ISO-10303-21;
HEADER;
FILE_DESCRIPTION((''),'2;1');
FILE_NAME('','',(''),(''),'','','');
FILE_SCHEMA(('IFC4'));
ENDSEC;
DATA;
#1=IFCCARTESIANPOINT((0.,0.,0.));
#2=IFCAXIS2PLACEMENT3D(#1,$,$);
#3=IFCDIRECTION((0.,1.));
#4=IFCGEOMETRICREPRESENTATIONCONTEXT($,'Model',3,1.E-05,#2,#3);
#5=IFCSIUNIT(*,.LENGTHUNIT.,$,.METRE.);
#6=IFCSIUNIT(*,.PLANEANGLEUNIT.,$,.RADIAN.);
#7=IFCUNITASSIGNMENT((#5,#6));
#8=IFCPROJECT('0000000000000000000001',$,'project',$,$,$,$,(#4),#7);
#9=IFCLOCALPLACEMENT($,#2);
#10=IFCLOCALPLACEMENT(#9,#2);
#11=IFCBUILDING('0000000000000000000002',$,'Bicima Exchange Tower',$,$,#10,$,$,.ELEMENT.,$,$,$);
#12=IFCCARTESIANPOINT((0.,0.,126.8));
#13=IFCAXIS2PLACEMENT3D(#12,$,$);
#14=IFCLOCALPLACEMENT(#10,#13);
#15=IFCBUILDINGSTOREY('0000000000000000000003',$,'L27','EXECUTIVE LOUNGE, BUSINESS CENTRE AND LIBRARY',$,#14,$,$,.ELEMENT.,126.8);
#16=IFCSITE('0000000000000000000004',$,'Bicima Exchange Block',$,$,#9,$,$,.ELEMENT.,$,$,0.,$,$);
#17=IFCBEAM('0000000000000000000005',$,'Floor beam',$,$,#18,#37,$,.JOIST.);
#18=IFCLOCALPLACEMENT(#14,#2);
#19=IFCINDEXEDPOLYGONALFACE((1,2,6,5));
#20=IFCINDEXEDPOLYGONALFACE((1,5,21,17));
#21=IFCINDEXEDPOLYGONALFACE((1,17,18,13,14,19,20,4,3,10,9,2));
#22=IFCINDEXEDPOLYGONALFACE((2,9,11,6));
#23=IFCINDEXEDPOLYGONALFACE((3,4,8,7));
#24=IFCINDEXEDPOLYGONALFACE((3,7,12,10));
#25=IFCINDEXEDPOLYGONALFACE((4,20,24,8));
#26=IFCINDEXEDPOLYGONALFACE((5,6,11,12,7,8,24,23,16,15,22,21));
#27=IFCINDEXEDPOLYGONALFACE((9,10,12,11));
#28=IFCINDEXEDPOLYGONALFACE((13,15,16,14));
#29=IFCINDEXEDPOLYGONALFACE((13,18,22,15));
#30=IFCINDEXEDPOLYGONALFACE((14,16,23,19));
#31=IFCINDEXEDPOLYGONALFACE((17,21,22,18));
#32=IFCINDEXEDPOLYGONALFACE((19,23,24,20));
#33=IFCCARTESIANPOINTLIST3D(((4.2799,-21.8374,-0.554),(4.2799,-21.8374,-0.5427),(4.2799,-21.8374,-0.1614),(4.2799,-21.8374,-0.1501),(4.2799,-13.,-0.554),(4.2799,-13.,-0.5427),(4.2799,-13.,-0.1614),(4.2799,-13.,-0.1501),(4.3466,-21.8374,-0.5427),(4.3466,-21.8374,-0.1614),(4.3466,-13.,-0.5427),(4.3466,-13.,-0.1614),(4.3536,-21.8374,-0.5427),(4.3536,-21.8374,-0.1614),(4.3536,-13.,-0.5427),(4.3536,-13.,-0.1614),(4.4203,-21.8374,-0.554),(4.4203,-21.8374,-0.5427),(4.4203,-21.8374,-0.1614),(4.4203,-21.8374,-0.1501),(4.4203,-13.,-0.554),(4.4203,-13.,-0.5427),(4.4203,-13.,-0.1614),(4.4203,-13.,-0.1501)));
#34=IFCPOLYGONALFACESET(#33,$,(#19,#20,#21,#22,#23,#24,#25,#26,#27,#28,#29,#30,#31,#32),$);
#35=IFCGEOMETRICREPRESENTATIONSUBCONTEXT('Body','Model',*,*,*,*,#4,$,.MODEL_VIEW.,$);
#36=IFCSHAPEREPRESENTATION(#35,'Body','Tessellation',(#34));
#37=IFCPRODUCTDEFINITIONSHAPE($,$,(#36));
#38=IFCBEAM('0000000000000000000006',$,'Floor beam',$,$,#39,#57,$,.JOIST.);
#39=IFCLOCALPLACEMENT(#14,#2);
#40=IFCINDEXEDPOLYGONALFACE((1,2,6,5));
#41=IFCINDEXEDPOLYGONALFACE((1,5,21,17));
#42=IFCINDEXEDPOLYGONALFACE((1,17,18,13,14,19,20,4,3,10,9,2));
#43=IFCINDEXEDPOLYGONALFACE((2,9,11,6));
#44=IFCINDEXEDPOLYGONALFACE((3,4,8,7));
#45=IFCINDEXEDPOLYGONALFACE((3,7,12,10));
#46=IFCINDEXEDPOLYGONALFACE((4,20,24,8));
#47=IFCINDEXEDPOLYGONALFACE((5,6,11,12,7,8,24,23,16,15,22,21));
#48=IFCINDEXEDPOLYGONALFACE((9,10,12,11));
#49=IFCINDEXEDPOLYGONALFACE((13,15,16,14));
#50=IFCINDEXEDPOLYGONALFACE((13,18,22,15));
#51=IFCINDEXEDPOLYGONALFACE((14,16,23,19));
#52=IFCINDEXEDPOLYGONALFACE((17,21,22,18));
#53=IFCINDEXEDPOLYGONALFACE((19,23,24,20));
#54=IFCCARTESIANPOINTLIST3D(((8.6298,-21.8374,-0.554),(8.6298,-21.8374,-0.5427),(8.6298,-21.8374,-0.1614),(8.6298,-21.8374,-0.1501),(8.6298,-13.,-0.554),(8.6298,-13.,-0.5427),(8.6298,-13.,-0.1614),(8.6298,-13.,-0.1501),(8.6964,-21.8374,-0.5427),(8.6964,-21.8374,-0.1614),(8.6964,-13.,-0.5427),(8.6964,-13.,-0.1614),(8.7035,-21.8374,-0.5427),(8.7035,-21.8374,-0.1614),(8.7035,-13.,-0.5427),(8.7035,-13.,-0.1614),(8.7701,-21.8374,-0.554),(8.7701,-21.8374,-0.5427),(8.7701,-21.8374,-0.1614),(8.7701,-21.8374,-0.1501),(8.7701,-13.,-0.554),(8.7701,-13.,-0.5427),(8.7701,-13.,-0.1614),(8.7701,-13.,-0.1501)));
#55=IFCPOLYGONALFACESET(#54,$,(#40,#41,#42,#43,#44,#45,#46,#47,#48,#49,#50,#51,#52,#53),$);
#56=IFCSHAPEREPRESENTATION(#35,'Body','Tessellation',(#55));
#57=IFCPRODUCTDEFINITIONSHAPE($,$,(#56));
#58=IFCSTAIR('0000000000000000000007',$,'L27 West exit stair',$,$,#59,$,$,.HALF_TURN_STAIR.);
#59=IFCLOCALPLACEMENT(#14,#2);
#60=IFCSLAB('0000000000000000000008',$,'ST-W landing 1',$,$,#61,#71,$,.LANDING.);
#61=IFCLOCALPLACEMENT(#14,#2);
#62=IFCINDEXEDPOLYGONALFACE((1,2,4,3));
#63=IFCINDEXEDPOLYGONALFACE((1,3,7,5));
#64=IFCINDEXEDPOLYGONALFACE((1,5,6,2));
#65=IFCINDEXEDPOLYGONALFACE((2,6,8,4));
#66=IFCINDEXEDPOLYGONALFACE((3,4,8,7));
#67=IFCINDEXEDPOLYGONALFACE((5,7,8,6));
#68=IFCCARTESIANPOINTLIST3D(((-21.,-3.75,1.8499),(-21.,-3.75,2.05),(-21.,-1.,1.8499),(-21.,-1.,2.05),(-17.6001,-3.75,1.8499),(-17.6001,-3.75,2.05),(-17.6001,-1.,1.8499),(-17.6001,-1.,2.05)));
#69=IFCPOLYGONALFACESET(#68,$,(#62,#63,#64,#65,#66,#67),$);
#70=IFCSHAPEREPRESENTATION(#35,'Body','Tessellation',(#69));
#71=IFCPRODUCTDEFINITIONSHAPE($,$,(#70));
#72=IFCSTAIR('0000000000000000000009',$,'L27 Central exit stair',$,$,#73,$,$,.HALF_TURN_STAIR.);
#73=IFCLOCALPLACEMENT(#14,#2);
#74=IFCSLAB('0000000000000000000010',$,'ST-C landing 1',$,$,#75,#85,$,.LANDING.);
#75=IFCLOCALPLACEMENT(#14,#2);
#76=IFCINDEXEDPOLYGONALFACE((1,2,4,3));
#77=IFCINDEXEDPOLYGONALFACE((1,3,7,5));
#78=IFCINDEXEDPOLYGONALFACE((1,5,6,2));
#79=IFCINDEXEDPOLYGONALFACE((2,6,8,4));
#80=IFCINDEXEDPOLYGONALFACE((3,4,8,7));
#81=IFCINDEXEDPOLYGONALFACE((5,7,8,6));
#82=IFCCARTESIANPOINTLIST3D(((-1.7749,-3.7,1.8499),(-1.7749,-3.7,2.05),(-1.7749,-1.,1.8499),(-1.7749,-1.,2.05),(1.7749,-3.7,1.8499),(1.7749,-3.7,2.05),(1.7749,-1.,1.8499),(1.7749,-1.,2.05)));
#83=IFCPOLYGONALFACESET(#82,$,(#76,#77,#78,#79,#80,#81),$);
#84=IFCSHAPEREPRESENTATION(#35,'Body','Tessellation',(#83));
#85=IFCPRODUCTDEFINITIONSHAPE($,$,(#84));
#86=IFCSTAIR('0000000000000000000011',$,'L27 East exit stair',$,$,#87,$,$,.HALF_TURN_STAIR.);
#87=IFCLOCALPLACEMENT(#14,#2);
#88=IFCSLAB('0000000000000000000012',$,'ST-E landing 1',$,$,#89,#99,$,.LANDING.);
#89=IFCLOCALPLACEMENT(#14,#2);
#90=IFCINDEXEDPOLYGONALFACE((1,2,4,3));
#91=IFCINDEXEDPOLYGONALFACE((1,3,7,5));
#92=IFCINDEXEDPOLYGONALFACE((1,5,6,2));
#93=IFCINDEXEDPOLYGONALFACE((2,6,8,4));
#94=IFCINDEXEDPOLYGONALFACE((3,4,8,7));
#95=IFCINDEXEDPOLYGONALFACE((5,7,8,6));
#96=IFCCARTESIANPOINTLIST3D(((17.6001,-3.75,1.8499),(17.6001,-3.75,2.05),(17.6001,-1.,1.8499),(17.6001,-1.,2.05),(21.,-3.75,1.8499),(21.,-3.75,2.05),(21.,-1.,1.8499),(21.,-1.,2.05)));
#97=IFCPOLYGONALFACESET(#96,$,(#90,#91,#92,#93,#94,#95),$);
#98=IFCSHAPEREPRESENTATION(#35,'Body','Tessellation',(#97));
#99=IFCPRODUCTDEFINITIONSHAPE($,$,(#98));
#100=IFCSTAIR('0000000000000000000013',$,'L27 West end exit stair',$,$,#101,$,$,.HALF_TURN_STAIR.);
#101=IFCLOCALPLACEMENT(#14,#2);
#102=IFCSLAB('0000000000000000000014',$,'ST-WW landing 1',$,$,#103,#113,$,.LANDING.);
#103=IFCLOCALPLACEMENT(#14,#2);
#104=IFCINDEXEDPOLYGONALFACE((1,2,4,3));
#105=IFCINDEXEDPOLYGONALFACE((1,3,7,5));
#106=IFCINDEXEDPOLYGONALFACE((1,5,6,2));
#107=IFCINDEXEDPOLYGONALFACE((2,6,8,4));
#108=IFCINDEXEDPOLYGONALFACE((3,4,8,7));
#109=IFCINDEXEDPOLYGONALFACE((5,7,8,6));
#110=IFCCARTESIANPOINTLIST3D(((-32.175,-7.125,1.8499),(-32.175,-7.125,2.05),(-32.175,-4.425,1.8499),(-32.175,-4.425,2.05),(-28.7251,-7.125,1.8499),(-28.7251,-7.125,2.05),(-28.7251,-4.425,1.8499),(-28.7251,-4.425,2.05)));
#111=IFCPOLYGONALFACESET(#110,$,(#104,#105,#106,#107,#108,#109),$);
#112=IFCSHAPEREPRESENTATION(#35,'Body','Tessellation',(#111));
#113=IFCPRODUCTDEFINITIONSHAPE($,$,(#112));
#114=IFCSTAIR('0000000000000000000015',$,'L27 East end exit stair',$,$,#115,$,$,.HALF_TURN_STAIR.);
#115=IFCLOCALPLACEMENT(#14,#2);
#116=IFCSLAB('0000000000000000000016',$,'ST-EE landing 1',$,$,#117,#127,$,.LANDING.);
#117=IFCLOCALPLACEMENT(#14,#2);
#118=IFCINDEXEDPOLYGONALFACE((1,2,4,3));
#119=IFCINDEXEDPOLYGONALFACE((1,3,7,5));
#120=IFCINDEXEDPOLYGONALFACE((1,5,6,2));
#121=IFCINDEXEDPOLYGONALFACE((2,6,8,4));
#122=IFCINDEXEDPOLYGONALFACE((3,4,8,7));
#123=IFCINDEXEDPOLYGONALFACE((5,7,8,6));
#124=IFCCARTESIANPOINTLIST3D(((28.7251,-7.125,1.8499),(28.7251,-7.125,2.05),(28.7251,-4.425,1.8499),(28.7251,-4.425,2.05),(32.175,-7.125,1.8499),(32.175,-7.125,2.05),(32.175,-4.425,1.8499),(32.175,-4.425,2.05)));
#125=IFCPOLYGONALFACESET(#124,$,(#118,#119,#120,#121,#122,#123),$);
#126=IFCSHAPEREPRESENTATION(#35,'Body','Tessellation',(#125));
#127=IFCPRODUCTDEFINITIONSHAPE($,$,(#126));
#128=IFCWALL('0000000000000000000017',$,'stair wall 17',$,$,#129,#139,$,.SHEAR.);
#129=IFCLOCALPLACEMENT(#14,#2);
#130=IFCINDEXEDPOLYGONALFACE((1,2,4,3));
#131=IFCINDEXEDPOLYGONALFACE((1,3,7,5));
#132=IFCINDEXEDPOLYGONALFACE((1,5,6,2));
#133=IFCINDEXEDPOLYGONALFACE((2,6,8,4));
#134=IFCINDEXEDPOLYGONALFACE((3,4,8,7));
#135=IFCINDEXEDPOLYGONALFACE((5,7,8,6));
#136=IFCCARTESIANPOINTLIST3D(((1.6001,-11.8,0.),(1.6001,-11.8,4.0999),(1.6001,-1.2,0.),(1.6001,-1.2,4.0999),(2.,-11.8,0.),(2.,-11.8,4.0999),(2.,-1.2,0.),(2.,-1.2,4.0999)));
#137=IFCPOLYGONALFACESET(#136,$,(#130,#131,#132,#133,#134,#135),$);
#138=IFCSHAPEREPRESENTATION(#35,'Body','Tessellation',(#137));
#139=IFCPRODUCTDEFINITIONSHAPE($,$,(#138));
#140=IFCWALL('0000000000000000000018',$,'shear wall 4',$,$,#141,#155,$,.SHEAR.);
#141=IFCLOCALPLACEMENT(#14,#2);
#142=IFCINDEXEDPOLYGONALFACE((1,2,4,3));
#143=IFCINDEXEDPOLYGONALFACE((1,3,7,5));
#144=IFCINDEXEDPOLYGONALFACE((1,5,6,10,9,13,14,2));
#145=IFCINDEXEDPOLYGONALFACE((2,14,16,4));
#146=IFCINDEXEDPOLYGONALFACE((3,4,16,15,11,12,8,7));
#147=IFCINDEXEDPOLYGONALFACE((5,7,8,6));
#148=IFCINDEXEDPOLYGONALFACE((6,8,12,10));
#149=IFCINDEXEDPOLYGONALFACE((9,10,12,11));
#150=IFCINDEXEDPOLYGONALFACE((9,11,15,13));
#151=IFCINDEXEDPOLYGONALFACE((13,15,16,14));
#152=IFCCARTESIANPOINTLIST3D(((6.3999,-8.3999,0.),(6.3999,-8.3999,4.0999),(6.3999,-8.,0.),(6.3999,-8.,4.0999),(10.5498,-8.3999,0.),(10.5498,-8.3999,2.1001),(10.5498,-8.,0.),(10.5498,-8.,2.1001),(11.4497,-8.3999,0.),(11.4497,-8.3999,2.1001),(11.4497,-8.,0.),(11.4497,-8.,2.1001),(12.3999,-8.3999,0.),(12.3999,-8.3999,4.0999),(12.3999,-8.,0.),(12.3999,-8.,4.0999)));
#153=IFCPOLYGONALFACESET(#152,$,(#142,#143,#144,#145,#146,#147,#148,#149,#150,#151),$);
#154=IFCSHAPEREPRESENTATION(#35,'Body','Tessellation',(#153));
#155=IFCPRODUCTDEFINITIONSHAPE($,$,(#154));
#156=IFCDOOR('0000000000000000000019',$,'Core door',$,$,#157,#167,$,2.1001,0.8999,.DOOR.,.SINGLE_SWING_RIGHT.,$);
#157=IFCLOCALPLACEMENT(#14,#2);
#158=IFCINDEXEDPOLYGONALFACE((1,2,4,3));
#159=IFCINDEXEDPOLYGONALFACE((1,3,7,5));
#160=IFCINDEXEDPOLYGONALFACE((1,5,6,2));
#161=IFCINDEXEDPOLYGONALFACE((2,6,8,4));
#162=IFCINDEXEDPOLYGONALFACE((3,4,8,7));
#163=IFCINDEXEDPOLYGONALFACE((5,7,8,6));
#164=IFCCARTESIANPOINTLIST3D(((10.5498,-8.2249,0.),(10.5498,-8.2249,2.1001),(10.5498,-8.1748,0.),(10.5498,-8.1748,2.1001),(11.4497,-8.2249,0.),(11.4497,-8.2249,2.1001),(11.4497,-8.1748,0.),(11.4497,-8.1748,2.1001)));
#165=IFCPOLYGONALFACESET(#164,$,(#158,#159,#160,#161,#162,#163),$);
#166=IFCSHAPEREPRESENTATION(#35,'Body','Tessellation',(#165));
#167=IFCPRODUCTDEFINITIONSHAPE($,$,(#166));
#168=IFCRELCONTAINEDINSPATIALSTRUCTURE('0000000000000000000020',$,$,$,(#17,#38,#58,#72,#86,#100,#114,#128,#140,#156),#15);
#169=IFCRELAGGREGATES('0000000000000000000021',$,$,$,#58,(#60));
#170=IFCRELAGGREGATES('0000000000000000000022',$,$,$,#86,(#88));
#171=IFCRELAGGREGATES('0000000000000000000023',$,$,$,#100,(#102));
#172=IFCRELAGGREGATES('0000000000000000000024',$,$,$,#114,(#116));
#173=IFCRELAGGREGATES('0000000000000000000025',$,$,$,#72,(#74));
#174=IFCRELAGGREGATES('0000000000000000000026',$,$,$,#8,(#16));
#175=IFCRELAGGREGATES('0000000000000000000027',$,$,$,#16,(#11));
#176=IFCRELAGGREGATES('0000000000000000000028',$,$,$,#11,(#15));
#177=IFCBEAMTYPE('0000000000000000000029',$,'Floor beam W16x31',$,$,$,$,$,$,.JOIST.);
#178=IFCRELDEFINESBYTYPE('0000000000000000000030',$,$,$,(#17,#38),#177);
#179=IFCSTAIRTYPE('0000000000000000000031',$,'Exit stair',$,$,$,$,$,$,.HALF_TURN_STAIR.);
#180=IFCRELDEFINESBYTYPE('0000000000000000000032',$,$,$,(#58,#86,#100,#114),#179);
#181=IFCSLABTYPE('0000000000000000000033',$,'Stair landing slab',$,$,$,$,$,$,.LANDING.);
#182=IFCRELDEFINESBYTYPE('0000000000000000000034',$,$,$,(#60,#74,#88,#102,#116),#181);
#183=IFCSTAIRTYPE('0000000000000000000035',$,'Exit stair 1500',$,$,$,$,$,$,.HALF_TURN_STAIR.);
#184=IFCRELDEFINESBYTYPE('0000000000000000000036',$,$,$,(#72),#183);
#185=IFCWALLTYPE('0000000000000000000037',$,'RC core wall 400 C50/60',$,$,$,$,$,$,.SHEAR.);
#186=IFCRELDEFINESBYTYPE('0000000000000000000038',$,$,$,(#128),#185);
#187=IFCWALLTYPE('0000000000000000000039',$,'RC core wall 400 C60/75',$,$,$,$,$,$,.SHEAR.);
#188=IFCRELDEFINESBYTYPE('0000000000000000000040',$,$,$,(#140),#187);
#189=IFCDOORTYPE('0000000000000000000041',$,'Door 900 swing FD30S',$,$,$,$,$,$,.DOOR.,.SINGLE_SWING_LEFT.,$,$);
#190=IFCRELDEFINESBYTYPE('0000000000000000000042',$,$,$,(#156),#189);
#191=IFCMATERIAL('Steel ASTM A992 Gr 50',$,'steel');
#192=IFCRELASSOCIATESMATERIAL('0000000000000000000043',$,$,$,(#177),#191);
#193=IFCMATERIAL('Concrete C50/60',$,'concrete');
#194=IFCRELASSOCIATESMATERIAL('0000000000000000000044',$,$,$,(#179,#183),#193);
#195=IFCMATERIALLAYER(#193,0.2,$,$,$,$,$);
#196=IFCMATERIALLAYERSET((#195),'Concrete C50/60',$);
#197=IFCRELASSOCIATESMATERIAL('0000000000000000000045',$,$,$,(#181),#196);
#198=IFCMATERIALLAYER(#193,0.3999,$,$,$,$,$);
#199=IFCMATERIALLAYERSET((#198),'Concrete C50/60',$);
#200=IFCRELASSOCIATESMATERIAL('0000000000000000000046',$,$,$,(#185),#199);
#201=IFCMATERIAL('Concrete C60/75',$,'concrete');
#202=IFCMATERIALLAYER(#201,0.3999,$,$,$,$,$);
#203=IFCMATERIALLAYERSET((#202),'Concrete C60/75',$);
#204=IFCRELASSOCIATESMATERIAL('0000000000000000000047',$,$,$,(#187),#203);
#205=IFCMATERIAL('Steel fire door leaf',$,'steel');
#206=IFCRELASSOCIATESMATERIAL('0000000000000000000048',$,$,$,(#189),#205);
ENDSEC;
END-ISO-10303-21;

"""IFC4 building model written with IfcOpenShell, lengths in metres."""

from ifc_helpers import new_model, si_unit, direction, frame, frame_2d, origin, origin_2d, place, context, subcontext, project, spatial, polyline, rectangle, i_section, outline, extrude, material, layer, layer_set, material_profile, profile_set, type_object, element, fill, aggregate, save


model = new_model("IFC4")

# Units and contexts
model_context = context("Model", 3, precision=1e-05, world=origin(), true_north=direction((0.0, 1.0)))
body_context = subcontext(model_context, "Body", "Model", "MODEL_VIEW")
ifc_project = project(units=[si_unit("LENGTHUNIT", "METRE"), si_unit("PLANEANGLEUNIT", "RADIAN")], contexts=[model_context])

# Site, building, storey
site_placement = place(None, origin())
site = spatial("IfcSite", under=ifc_project, at=site_placement, Name="Bicima Exchange Block", CompositionType="ELEMENT", RefElevation=0.0)
building_placement = place(site_placement, origin())
building = spatial("IfcBuilding", under=site, at=building_placement, Name="Bicima Exchange Tower", CompositionType="ELEMENT")
storey_placement = place(building_placement, frame((0.0, 0.0, 126.8)))
storey = spatial("IfcBuildingStorey", under=building, at=storey_placement, Name="L27", Description="EXECUTIVE LOUNGE, BUSINESS CENTRE AND LIBRARY", CompositionType="ELEMENT", Elevation=126.8)

# Beams
ifc_material_1 = material(Name="Steel ASTM A992 Gr 50", Category="steel")
ifc_material_profile = material_profile(ifc_material_1, i_section(OverallWidth=0.1404, OverallDepth=0.4038, WebThickness=0.0071, FlangeThickness=0.0112, at=origin_2d()))
ifc_profile_set = profile_set([ifc_material_profile], Name="Steel ASTM A992 Gr 50")
beam_type = type_object("IfcBeamType", Name="Floor beam W16x31", PredefinedType="JOIST", material=ifc_profile_set)
for number, where, z_axis, x_axis, name in (
    (1, (4.3501, -13.0, -0.3521), (0.0, -1.0, 0.0), (1.0, 0.0, 0.0), "Floor beam"),
    (2, (8.7, -13.0, -0.3521), (0.0, -1.0, 0.0), (1.0, 0.0, 0.0), "Floor beam"),
):
    element("IfcBeam", number, at=place(storey_placement, frame(where, z_axis=z_axis, x_axis=x_axis)), inside=storey, type_object=beam_type, Name=name, PredefinedType="JOIST", context=body_context, shape_type="SweptSolid", body=[
        extrude(i_section(OverallWidth=0.1404, OverallDepth=0.4038, WebThickness=0.0071, FlangeThickness=0.0112, at=origin_2d()), origin(), (0.0, 0.0, 1.0), 8.8374),
    ])

# Stairs, slabs
ifc_material_2 = material(Name="Concrete C50/60", Category="concrete")
stair_type_1 = type_object("IfcStairType", Name="Exit stair", PredefinedType="HALF_TURN_STAIR", material=ifc_material_2)
stair_1_placement = place(storey_placement, origin())
stair_1 = element("IfcStair", 3, at=stair_1_placement, inside=storey, type_object=stair_type_1, Name="L27 West exit stair", PredefinedType="HALF_TURN_STAIR")
ifc_layer_1 = layer(ifc_material_2, 0.2)
ifc_layer_set_1 = layer_set([ifc_layer_1], Name="Concrete C50/60")
slab_type = type_object("IfcSlabType", Name="Stair landing slab", PredefinedType="LANDING", material=ifc_layer_set_1)
slab_1_placement = place(storey_placement, frame((0.0, 0.0, 1.8499)))
slab_1 = element("IfcSlab", 4, at=slab_1_placement, type_object=slab_type, Name="ST-W landing 1", PredefinedType="LANDING", context=body_context, shape_type="SweptSolid", body=[
    extrude(outline(polyline([(-17.6001, -3.75), (-17.6001, -1.0), (-21.0, -1.0), (-21.0, -3.75), (-17.6001, -3.75)])), origin(), (0.0, 0.0, 1.0), 0.2002),
])
aggregate(stair_1, [slab_1])
stair_type_2 = type_object("IfcStairType", Name="Exit stair 1500", PredefinedType="HALF_TURN_STAIR", material=ifc_material_2)
stair_2_placement = place(storey_placement, origin())
stair_2 = element("IfcStair", 5, at=stair_2_placement, inside=storey, type_object=stair_type_2, Name="L27 Central exit stair", PredefinedType="HALF_TURN_STAIR")
slab_2_placement = place(storey_placement, frame((0.0, 0.0, 1.8499)))
slab_2 = element("IfcSlab", 6, at=slab_2_placement, type_object=slab_type, Name="ST-C landing 1", PredefinedType="LANDING", context=body_context, shape_type="SweptSolid", body=[
    extrude(outline(polyline([(1.7749, -3.7), (1.7749, -1.0), (-1.7749, -1.0), (-1.7749, -3.7), (1.7749, -3.7)])), origin(), (0.0, 0.0, 1.0), 0.2002),
])
stair_3_placement = place(storey_placement, origin())
stair_3 = element("IfcStair", 7, at=stair_3_placement, inside=storey, type_object=stair_type_1, Name="L27 East exit stair", PredefinedType="HALF_TURN_STAIR")
slab_3_placement = place(storey_placement, frame((0.0, 0.0, 1.8499)))
slab_3 = element("IfcSlab", 8, at=slab_3_placement, type_object=slab_type, Name="ST-E landing 1", PredefinedType="LANDING", context=body_context, shape_type="SweptSolid", body=[
    extrude(outline(polyline([(21.0, -3.75), (21.0, -1.0), (17.6001, -1.0), (17.6001, -3.75), (21.0, -3.75)])), origin(), (0.0, 0.0, 1.0), 0.2002),
])
aggregate(stair_3, [slab_3])
stair_4_placement = place(storey_placement, origin())
stair_4 = element("IfcStair", 9, at=stair_4_placement, inside=storey, type_object=stair_type_1, Name="L27 West end exit stair", PredefinedType="HALF_TURN_STAIR")
slab_4_placement = place(storey_placement, frame((0.0, 0.0, 1.8499)))
slab_4 = element("IfcSlab", 10, at=slab_4_placement, type_object=slab_type, Name="ST-WW landing 1", PredefinedType="LANDING", context=body_context, shape_type="SweptSolid", body=[
    extrude(outline(polyline([(-28.7251, -7.125), (-28.7251, -4.425), (-32.175, -4.425), (-32.175, -7.125), (-28.7251, -7.125)])), origin(), (0.0, 0.0, 1.0), 0.2002),
])
aggregate(stair_4, [slab_4])
stair_5_placement = place(storey_placement, origin())
stair_5 = element("IfcStair", 11, at=stair_5_placement, inside=storey, type_object=stair_type_1, Name="L27 East end exit stair", PredefinedType="HALF_TURN_STAIR")
slab_5_placement = place(storey_placement, frame((0.0, 0.0, 1.8499)))
slab_5 = element("IfcSlab", 12, at=slab_5_placement, type_object=slab_type, Name="ST-EE landing 1", PredefinedType="LANDING", context=body_context, shape_type="SweptSolid", body=[
    extrude(outline(polyline([(32.175, -7.125), (32.175, -4.425), (28.7251, -4.425), (28.7251, -7.125), (32.175, -7.125)])), origin(), (0.0, 0.0, 1.0), 0.2002),
])
aggregate(stair_5, [slab_5])

# Wall
ifc_layer_2 = layer(ifc_material_2, 0.3999)
ifc_layer_set_2 = layer_set([ifc_layer_2], Name="Concrete C50/60")
wall_type_1 = type_object("IfcWallType", Name="RC core wall 400 C50/60", PredefinedType="SHEAR", material=ifc_layer_set_2)
wall_1_placement = place(storey_placement, frame((1.8, -11.8, 0.0), z_axis=(0.0, 0.0, 1.0), x_axis=(0.0, 1.0, 0.0)))
element("IfcWall", 13, at=wall_1_placement, inside=storey, type_object=wall_type_1, Name="stair wall 17", PredefinedType="SHEAR", context=body_context, shape_type="SweptSolid", body=[
    extrude(rectangle(XDim=10.6001, YDim=0.3999, at=frame_2d((5.3, 0.0))), origin(), (0.0, 0.0, 1.0), 4.0999),
])

# Wall, opening, door
ifc_material_3 = material(Name="Concrete C60/75", Category="concrete")
ifc_layer_3 = layer(ifc_material_3, 0.3999)
ifc_layer_set_3 = layer_set([ifc_layer_3], Name="Concrete C60/75")
wall_type_2 = type_object("IfcWallType", Name="RC core wall 400 C60/75", PredefinedType="SHEAR", material=ifc_layer_set_3)
wall_2_placement = place(storey_placement, frame((6.3999, -8.2, 0.0), z_axis=(0.0, 0.0, 1.0), x_axis=(1.0, 0.0, 0.0)))
wall_2 = element("IfcWall", 14, at=wall_2_placement, inside=storey, type_object=wall_type_2, Name="shear wall 4", PredefinedType="SHEAR", context=body_context, shape_type="SweptSolid", body=[
    extrude(rectangle(XDim=6.0, YDim=0.3999, at=frame_2d((3.0, 0.0))), origin(), (0.0, 0.0, 1.0), 4.0999),
])
opening_1_placement = place(wall_2_placement, frame((4.1499, 0.0, 0.0)))
opening_1 = element("IfcOpeningElement", 15, at=opening_1_placement, cuts=wall_2, PredefinedType="OPENING", context=body_context, shape_type="SweptSolid", body=[
    extrude(rectangle(XDim=0.8999, YDim=2.1001, at=frame_2d((0.45, 1.05))), frame((0.0, 0.2119, 0.0), z_axis=(0.0, -1.0, 0.0), x_axis=(1.0, 0.0, 0.0)), (0.0, 0.0, 1.0), 0.4238),
])
ifc_material_4 = material(Name="Steel fire door leaf", Category="steel")
door_type_1 = type_object("IfcDoorType", Name="Door 900 swing FD30S", OperationType="SINGLE_SWING_LEFT", PredefinedType="DOOR", material=ifc_material_4)
door_1_placement = place(opening_1_placement, frame((0.8999, 0.0, 0.0), z_axis=(0.0, 0.0, 1.0), x_axis=(-1.0, 0.0, 0.0)))
door_1 = element("IfcDoor", 16, at=door_1_placement, inside=storey, type_object=door_type_1, Name="Core door", OperationType="SINGLE_SWING_RIGHT", OverallHeight=2.1001, OverallWidth=0.8999, PredefinedType="DOOR", context=body_context, shape_type="SweptSolid", body=[
    extrude(rectangle(XDim=0.8999, YDim=2.1001, at=frame_2d((0.45, 1.05))), frame((0.0, 0.0249, 0.0), z_axis=(0.0, -1.0, 0.0), x_axis=(1.0, 0.0, 0.0)), (0.0, 0.0, 1.0), 0.05),
])
fill(opening_1, door_1)

aggregate(stair_2, [slab_2])

save(model, "model.ifc")
